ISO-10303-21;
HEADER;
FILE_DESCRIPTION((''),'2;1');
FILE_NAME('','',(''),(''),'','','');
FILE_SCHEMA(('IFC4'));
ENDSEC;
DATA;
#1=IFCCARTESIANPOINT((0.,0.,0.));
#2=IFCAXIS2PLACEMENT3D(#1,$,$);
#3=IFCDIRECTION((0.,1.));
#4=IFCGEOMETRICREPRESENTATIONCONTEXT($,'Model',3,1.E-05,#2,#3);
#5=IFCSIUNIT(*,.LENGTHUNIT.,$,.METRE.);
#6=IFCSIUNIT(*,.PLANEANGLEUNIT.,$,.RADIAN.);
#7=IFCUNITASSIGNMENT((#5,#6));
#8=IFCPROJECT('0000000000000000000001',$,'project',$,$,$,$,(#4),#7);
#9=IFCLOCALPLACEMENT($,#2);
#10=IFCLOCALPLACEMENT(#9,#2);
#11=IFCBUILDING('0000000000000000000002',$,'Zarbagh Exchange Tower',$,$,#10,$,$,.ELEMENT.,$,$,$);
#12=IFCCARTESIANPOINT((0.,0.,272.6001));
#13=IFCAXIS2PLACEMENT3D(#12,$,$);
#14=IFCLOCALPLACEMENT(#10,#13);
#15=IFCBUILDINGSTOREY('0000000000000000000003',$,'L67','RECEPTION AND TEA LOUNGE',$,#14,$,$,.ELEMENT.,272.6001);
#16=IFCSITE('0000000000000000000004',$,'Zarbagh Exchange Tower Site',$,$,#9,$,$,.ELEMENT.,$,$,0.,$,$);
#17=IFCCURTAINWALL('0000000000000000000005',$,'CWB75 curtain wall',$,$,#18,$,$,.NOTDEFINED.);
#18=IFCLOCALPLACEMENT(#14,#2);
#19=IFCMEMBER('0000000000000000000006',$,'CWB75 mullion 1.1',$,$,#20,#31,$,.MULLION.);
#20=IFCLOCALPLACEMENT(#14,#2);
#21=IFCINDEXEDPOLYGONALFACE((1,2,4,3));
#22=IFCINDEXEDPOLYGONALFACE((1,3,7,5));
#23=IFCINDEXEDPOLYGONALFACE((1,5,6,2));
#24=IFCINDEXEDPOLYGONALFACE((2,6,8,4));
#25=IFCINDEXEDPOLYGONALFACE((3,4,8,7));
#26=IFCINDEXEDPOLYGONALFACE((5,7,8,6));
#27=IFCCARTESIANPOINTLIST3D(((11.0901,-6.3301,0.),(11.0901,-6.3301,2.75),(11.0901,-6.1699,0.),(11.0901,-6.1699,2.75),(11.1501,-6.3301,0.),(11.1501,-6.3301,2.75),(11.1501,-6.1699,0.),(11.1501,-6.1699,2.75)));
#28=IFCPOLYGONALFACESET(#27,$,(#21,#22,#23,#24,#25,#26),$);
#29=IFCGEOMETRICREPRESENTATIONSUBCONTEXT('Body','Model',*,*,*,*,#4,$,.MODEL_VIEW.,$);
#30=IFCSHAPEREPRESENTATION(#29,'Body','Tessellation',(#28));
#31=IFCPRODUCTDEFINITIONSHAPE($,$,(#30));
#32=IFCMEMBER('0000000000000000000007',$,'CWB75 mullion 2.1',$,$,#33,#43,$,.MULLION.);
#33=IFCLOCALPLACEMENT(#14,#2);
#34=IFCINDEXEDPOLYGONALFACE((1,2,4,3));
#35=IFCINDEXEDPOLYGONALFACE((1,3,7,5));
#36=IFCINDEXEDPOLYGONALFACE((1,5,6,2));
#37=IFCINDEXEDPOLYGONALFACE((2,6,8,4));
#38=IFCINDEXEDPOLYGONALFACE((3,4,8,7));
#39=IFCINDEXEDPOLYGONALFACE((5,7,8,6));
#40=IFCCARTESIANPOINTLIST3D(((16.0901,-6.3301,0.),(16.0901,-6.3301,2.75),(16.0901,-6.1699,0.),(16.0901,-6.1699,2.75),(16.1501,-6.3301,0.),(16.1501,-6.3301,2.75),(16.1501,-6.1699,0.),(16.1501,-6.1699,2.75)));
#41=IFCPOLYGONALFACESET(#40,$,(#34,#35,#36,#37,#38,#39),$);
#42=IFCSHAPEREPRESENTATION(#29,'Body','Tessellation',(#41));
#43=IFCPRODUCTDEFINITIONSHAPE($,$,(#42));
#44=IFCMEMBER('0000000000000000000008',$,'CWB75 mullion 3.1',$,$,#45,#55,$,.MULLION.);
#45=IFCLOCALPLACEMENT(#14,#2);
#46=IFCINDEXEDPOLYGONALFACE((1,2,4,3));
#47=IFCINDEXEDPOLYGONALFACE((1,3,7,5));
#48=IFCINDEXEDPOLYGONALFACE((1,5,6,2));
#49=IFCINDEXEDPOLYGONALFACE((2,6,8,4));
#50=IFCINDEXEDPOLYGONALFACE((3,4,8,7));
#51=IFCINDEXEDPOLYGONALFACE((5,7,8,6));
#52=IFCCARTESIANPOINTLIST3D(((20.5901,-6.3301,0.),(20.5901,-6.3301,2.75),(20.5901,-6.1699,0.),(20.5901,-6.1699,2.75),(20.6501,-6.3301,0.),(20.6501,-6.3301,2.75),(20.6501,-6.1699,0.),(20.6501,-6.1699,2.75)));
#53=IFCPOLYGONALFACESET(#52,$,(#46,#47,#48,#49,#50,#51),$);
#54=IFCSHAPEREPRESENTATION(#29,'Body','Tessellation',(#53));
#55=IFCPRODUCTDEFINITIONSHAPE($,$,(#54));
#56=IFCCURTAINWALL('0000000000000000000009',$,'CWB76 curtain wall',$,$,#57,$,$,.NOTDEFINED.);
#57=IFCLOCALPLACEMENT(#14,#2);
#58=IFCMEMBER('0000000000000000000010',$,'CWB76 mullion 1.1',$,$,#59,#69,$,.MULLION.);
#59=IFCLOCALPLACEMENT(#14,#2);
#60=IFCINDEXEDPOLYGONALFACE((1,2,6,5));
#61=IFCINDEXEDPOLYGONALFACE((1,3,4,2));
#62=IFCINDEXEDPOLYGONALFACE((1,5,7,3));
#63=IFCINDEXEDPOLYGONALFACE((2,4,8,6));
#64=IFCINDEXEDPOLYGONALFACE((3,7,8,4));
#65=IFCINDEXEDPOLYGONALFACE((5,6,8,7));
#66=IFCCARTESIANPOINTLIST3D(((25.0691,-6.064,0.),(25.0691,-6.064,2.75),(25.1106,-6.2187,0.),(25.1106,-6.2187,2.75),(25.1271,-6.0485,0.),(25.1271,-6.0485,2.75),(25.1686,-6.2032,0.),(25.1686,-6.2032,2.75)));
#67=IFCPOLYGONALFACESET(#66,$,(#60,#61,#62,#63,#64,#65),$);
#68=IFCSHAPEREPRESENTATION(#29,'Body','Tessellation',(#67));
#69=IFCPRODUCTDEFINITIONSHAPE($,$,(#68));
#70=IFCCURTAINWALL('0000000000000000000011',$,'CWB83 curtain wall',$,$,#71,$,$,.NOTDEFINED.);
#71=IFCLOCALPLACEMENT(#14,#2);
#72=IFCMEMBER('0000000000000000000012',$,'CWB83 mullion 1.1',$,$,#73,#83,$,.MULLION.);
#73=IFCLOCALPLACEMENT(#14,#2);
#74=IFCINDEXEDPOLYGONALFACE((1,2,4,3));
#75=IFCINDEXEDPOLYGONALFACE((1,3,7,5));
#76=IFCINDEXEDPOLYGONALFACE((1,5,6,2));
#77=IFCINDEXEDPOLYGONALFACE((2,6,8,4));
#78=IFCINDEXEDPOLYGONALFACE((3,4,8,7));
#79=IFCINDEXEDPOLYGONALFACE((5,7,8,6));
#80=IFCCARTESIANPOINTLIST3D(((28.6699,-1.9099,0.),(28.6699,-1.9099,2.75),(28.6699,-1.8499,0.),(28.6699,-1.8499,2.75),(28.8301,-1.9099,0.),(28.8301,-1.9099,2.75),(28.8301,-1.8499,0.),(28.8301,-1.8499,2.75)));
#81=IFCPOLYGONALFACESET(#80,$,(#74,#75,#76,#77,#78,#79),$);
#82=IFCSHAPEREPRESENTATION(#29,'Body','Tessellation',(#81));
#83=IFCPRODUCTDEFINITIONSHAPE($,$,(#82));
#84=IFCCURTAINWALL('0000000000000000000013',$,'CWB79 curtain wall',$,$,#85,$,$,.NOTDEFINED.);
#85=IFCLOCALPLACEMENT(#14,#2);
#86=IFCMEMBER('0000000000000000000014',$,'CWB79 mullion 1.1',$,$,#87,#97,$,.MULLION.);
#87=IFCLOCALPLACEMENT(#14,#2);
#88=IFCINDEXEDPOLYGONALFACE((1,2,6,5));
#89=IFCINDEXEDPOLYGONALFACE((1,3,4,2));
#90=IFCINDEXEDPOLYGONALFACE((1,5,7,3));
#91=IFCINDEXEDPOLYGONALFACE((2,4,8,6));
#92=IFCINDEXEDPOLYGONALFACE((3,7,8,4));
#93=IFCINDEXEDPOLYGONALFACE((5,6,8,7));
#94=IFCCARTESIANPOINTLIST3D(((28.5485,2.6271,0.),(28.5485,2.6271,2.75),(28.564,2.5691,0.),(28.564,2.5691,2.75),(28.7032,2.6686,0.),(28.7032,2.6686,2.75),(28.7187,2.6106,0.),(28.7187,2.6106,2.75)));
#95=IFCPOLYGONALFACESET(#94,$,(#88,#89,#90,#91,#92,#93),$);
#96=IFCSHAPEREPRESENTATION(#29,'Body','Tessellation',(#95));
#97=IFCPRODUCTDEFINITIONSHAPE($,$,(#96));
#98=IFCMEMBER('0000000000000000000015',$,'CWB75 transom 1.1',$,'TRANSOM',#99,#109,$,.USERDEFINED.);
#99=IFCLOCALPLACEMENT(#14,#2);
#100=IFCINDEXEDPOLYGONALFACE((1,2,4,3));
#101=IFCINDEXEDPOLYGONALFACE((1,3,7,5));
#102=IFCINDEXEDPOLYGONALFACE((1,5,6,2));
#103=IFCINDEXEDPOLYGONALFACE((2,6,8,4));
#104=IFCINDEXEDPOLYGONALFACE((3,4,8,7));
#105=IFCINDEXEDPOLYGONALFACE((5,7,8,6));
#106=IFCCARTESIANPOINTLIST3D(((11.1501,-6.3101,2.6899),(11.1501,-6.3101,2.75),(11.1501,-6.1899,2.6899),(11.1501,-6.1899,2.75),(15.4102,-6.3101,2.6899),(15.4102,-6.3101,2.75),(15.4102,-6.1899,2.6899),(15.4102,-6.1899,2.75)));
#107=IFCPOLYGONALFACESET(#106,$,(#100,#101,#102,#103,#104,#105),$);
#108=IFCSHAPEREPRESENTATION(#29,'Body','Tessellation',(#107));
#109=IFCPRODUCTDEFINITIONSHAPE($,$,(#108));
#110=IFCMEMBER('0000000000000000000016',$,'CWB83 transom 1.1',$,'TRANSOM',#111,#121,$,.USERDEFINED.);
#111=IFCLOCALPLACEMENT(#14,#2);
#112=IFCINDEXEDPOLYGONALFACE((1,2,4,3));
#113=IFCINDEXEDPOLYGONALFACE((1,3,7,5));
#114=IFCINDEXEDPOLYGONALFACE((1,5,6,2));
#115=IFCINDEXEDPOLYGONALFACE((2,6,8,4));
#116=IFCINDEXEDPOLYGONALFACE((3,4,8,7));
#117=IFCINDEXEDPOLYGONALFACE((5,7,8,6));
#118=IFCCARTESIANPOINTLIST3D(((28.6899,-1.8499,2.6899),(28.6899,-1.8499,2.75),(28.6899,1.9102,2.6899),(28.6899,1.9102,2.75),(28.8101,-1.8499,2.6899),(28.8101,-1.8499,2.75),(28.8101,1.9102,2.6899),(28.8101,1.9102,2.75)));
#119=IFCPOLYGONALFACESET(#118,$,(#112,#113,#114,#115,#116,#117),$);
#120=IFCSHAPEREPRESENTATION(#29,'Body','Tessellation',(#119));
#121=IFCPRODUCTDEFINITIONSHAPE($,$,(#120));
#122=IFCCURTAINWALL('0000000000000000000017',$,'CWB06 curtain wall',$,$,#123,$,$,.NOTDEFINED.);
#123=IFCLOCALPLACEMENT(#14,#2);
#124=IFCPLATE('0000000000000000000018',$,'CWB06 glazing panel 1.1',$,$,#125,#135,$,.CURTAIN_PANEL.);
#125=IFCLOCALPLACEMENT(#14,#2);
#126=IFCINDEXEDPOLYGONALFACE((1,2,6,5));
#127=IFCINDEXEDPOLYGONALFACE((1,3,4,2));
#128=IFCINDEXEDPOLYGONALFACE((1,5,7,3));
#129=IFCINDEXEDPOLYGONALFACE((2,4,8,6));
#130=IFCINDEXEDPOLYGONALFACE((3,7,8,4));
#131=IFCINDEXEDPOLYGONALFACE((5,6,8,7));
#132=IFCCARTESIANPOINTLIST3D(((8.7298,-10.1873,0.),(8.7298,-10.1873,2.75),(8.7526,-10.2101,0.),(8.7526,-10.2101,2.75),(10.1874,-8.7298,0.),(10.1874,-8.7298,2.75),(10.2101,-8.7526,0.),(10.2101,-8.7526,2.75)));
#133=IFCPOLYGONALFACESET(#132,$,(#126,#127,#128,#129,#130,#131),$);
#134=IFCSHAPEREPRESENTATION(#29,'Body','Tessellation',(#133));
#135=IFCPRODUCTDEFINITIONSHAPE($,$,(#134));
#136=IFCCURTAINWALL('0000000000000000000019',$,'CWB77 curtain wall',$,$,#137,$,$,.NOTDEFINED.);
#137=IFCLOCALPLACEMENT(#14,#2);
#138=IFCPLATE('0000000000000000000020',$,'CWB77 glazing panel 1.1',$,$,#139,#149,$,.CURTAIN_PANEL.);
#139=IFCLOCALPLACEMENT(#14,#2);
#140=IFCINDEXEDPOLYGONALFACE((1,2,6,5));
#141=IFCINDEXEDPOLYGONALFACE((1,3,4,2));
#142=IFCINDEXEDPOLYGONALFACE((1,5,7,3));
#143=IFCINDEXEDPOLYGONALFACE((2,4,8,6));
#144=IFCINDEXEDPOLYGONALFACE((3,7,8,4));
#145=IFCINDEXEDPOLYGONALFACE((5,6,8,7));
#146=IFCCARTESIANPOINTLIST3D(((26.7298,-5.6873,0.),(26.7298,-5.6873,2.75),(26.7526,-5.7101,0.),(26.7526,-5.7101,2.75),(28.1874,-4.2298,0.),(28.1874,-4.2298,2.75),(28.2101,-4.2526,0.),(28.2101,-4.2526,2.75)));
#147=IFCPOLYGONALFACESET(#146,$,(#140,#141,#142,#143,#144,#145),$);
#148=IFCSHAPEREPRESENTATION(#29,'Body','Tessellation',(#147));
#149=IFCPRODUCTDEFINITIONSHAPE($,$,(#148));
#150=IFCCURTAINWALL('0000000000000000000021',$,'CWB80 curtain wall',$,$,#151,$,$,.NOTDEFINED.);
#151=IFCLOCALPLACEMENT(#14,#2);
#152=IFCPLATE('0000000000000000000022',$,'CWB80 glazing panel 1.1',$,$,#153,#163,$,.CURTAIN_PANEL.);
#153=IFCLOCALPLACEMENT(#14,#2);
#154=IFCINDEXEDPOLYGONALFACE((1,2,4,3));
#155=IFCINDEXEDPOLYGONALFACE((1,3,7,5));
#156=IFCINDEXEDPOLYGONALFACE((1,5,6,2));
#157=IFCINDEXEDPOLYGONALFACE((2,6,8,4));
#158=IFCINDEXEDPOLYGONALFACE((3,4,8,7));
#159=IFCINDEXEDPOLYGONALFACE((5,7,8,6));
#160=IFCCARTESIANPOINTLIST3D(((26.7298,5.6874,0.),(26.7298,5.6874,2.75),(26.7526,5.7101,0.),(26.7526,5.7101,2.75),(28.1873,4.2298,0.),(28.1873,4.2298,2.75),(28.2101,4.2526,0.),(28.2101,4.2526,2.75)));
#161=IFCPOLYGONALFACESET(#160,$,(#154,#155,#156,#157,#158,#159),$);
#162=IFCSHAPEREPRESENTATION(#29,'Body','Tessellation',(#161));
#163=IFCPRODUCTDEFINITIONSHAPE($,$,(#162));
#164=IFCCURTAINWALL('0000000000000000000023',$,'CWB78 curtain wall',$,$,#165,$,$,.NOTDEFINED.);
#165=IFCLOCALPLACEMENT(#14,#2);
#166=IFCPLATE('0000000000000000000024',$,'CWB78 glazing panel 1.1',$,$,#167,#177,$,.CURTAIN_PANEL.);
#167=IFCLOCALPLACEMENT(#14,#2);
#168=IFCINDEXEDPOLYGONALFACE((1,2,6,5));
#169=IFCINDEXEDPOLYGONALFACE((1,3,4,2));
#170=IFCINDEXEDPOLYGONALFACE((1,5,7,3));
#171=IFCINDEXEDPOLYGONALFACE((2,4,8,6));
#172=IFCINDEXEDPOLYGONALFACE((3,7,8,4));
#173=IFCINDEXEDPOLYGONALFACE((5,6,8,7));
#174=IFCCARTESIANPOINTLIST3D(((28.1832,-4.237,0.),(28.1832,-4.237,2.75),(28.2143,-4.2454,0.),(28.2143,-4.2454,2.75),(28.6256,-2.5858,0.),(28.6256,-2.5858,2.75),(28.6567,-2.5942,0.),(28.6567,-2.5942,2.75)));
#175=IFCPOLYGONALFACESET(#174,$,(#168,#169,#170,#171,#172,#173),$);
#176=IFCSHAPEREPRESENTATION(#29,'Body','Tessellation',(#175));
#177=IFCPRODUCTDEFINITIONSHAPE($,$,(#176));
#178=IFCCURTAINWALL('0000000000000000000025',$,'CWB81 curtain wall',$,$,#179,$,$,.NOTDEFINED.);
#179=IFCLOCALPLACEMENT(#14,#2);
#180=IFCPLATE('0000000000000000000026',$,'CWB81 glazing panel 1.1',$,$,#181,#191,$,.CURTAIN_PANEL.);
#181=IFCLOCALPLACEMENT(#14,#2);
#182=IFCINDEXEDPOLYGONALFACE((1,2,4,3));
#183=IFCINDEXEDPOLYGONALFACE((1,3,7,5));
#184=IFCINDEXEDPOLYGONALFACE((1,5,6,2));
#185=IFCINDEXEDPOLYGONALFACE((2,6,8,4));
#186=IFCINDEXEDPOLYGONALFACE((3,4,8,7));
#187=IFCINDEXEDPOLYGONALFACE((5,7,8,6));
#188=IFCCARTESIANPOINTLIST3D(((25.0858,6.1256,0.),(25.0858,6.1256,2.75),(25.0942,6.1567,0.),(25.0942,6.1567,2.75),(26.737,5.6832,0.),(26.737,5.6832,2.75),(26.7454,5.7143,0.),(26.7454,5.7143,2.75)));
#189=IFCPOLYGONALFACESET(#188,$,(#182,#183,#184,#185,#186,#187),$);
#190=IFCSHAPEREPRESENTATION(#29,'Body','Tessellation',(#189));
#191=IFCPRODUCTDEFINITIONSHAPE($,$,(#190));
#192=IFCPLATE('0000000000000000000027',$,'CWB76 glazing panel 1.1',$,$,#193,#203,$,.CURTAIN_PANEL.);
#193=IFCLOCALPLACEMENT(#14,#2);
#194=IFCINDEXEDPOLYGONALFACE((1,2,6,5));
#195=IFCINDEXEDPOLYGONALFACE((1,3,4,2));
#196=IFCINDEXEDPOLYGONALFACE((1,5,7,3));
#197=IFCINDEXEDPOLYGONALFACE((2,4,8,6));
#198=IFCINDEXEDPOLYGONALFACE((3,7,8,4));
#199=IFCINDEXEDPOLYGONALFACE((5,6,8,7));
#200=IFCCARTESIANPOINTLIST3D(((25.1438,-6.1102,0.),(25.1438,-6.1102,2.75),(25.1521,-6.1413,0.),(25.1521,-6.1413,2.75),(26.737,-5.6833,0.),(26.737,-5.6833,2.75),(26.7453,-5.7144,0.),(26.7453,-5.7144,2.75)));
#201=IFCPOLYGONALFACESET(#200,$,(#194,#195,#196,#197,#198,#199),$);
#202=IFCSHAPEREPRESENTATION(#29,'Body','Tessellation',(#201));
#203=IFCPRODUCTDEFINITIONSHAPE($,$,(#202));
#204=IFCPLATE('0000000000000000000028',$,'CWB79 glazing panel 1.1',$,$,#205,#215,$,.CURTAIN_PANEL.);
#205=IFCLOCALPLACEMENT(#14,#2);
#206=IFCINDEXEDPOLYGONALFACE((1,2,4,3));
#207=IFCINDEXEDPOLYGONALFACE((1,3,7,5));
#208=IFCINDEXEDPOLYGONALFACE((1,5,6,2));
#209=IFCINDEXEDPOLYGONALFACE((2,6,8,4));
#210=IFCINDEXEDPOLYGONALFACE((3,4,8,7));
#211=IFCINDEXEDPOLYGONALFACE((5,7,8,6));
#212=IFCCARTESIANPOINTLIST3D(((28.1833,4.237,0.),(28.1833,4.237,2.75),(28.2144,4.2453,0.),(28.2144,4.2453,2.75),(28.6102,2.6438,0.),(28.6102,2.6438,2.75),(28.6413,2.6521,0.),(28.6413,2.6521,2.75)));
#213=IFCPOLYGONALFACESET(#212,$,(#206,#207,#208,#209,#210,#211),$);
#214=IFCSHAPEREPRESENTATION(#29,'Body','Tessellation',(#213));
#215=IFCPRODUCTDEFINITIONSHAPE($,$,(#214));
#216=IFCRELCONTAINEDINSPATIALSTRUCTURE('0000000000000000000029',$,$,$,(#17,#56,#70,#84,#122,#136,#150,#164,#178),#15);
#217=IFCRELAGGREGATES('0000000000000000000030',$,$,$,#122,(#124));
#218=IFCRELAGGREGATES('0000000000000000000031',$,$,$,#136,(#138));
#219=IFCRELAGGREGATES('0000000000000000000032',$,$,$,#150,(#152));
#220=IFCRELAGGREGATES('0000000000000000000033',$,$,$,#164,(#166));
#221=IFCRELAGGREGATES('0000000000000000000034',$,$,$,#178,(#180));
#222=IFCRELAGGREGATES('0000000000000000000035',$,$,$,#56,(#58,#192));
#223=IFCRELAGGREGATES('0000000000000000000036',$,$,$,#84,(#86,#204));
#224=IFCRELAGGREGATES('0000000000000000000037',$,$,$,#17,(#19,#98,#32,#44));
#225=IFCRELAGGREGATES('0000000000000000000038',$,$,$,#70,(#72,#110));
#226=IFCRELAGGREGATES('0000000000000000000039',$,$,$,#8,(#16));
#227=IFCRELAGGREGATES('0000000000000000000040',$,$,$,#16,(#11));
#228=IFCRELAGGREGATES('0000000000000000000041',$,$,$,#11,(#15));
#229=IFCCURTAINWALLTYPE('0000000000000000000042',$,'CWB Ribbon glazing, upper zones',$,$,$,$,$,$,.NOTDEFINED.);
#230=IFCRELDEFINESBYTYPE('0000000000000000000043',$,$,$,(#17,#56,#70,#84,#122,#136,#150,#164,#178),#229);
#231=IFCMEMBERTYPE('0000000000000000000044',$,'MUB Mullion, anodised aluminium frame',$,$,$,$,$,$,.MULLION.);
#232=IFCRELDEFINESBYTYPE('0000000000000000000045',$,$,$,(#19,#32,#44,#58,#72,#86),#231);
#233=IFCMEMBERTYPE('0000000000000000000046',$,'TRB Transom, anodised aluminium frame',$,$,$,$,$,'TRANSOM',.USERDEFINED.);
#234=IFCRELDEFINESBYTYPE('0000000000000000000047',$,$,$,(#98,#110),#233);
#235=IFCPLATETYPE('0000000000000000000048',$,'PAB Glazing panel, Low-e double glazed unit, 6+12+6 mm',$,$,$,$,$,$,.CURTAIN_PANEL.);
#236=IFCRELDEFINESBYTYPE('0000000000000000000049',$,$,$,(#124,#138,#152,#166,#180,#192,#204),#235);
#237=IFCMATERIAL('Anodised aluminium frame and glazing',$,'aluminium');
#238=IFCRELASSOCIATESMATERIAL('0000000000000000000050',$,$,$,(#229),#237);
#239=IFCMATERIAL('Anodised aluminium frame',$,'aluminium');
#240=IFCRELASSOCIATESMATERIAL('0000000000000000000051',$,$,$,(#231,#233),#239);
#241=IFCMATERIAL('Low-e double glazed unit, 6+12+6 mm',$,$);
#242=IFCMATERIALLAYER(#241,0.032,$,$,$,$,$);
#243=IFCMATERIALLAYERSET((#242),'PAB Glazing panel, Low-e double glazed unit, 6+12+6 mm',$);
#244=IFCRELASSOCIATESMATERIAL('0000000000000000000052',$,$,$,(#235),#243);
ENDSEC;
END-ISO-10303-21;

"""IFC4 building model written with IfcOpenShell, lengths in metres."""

from ifc_helpers import new_model, si_unit, direction, frame, origin, place, context, subcontext, project, spatial, polyline, outline, extrude, source, transform, mapped, material, layer, layer_set, type_object, element, aggregate, save


model = new_model("IFC4")

# Units and contexts
model_context = context("Model", 3, precision=1e-05, world=origin(), true_north=direction((0.0, 1.0)))
body_context = subcontext(model_context, "Body", "Model", "MODEL_VIEW")
ifc_project = project(units=[si_unit("LENGTHUNIT", "METRE"), si_unit("PLANEANGLEUNIT", "RADIAN")], contexts=[model_context])

# Site, building, storey
site_placement = place(None, origin())
site = spatial("IfcSite", under=ifc_project, at=site_placement, Name="Zarbagh Exchange Tower Site", CompositionType="ELEMENT", RefElevation=0.0)
building_placement = place(site_placement, origin())
building = spatial("IfcBuilding", under=site, at=building_placement, Name="Zarbagh Exchange Tower", CompositionType="ELEMENT")
storey_placement = place(building_placement, frame((0.0, 0.0, 272.6001)))
storey = spatial("IfcBuildingStorey", under=building, at=storey_placement, Name="L67", Description="RECEPTION AND TEA LOUNGE", CompositionType="ELEMENT", Elevation=272.6001)

# Curtain wall, members
ifc_material_1 = material(Name="Anodised aluminium frame and glazing", Category="aluminium")
curtain_wall_type = type_object("IfcCurtainWallType", Name="CWB Ribbon glazing, upper zones", PredefinedType="NOTDEFINED", material=ifc_material_1)
curtain_wall_1_placement = place(storey_placement, origin())
curtain_wall_1 = element("IfcCurtainWall", 1, at=curtain_wall_1_placement, inside=storey, type_object=curtain_wall_type, Name="CWB75 curtain wall", PredefinedType="NOTDEFINED")
ifc_material_2 = material(Name="Anodised aluminium frame", Category="aluminium")
member_type_1 = type_object("IfcMemberType", Name="MUB Mullion, anodised aluminium frame", PredefinedType="MULLION", material=ifc_material_2)
shared_shape_1 = source(origin(), body_context, "Body", "SweptSolid", [
    extrude(outline(polyline([(0.0, -0.0801), (0.0601, -0.0801), (0.0601, 0.0801), (0.0, 0.0801), (0.0, -0.0801)])), origin(), (0.0, 0.0, 1.0), 2.75),
])
placement = place(storey_placement, origin())
member_1 = element("IfcMember", 2, at=placement, type_object=member_type_1, Name="CWB75 mullion 1.1", PredefinedType="MULLION", context=body_context, shape_type="MappedRepresentation", body=[
    mapped(shared_shape_1, transform((11.0901, -6.25, 0.0), x_axis=(1.0, 0.0, 0.0), y_axis=(0.0, 1.0, 0.0), z_axis=(0.0, 0.0, 1.0))),
])
member_2 = element("IfcMember", 3, at=placement, type_object=member_type_1, Name="CWB75 mullion 2.1", PredefinedType="MULLION", context=body_context, shape_type="MappedRepresentation", body=[
    mapped(shared_shape_1, transform((16.0901, -6.25, 0.0), x_axis=(1.0, 0.0, 0.0), y_axis=(0.0, 1.0, 0.0), z_axis=(0.0, 0.0, 1.0))),
])
member_3 = element("IfcMember", 4, at=placement, type_object=member_type_1, Name="CWB75 mullion 3.1", PredefinedType="MULLION", context=body_context, shape_type="MappedRepresentation", body=[
    mapped(shared_shape_1, transform((20.5901, -6.25, 0.0), x_axis=(1.0, 0.0, 0.0), y_axis=(0.0, 1.0, 0.0), z_axis=(0.0, 0.0, 1.0))),
])

# Curtain walls, members
curtain_wall_2_placement = place(storey_placement, origin())
curtain_wall_2 = element("IfcCurtainWall", 5, at=curtain_wall_2_placement, inside=storey, type_object=curtain_wall_type, Name="CWB76 curtain wall", PredefinedType="NOTDEFINED")
member_4 = element("IfcMember", 6, at=placement, type_object=member_type_1, Name="CWB76 mullion 1.1", PredefinedType="MULLION", context=body_context, shape_type="MappedRepresentation", body=[
    mapped(shared_shape_1, transform((25.0898, -6.1414, 0.0), x_axis=(0.965924, 0.258825, 0.0), y_axis=(-0.258825, 0.965924, 0.0), z_axis=(0.0, 0.0, 1.0))),
])
curtain_wall_3_placement = place(storey_placement, origin())
curtain_wall_3 = element("IfcCurtainWall", 7, at=curtain_wall_3_placement, inside=storey, type_object=curtain_wall_type, Name="CWB83 curtain wall", PredefinedType="NOTDEFINED")
member_5 = element("IfcMember", 8, at=placement, type_object=member_type_1, Name="CWB83 mullion 1.1", PredefinedType="MULLION", context=body_context, shape_type="MappedRepresentation", body=[
    mapped(shared_shape_1, transform((28.75, -1.9099, 0.0), x_axis=(0.0, 1.0, 0.0), y_axis=(-1.0, 0.0, 0.0), z_axis=(0.0, 0.0, 1.0))),
])
curtain_wall_4_placement = place(storey_placement, origin())
curtain_wall_4 = element("IfcCurtainWall", 9, at=curtain_wall_4_placement, inside=storey, type_object=curtain_wall_type, Name="CWB79 curtain wall", PredefinedType="NOTDEFINED")
member_6 = element("IfcMember", 10, at=placement, type_object=member_type_1, Name="CWB79 mullion 1.1", PredefinedType="MULLION", context=body_context, shape_type="MappedRepresentation", body=[
    mapped(shared_shape_1, transform((28.6414, 2.5898, 0.0), x_axis=(-0.258825, 0.965924, 0.0), y_axis=(-0.965924, -0.258825, 0.0), z_axis=(0.0, 0.0, 1.0))),
])

# Members
member_type_2 = type_object("IfcMemberType", Name="TRB Transom, anodised aluminium frame", ElementType="TRANSOM", PredefinedType="USERDEFINED", material=ifc_material_2)
shared_shape_2 = source(origin(), body_context, "Body", "SweptSolid", [
    extrude(outline(polyline([(-0.0601, -0.0601), (0.0, -0.0601), (0.0, 0.0601), (-0.0601, 0.0601), (-0.0601, -0.0601)])), origin(), (0.0, 0.0, 1.0), 4.26),
])
member_7 = element("IfcMember", 11, at=placement, type_object=member_type_2, Name="CWB75 transom 1.1", ObjectType="TRANSOM", PredefinedType="USERDEFINED", context=body_context, shape_type="MappedRepresentation", body=[
    mapped(shared_shape_2, transform((11.1501, -6.25, 2.75), x_axis=(0.0, 0.0, 1.0), y_axis=(0.0, -1.0, 0.0), z_axis=(1.0, 0.0, 0.0))),
])
shared_shape_3 = source(origin(), body_context, "Body", "SweptSolid", [
    extrude(outline(polyline([(-0.0601, -0.0601), (0.0, -0.0601), (0.0, 0.0601), (-0.0601, 0.0601), (-0.0601, -0.0601)])), origin(), (0.0, 0.0, 1.0), 3.76),
])
member_8 = element("IfcMember", 12, at=placement, type_object=member_type_2, Name="CWB83 transom 1.1", ObjectType="TRANSOM", PredefinedType="USERDEFINED", context=body_context, shape_type="MappedRepresentation", body=[
    mapped(shared_shape_3, transform((28.75, -1.8499, 2.75), x_axis=(0.0, 0.0, 1.0), y_axis=(1.0, 0.0, 0.0), z_axis=(0.0, 1.0, 0.0))),
])

# Curtain walls, plates
curtain_wall_5_placement = place(storey_placement, origin())
curtain_wall_5 = element("IfcCurtainWall", 13, at=curtain_wall_5_placement, inside=storey, type_object=curtain_wall_type, Name="CWB06 curtain wall", PredefinedType="NOTDEFINED")
ifc_material_3 = material(Name="Low-e double glazed unit, 6+12+6 mm")
ifc_layer = layer(ifc_material_3, 0.032)
ifc_layer_set = layer_set([ifc_layer], Name="PAB Glazing panel, Low-e double glazed unit, 6+12+6 mm")
plate_type = type_object("IfcPlateType", Name="PAB Glazing panel, Low-e double glazed unit, 6+12+6 mm", PredefinedType="CURTAIN_PANEL", material=ifc_layer_set)
shared_shape_4 = source(origin(), body_context, "Body", "SweptSolid", [
    extrude(outline(polyline([(0.0, -0.0161), (2.0613, -0.0161), (2.0613, 0.0161), (0.0, 0.0161), (0.0, -0.0161)])), origin(), (0.0, 0.0, 1.0), 2.75),
])
plate_1 = element("IfcPlate", 14, at=placement, type_object=plate_type, Name="CWB06 glazing panel 1.1", PredefinedType="CURTAIN_PANEL", context=body_context, shape_type="MappedRepresentation", body=[
    mapped(shared_shape_4, transform((8.7412, -10.1987, 0.0), x_axis=(0.707107, 0.707107, 0.0), y_axis=(-0.707107, 0.707107, 0.0), z_axis=(0.0, 0.0, 1.0))),
])
aggregate(curtain_wall_5, [plate_1])
curtain_wall_6_placement = place(storey_placement, origin())
curtain_wall_6 = element("IfcCurtainWall", 15, at=curtain_wall_6_placement, inside=storey, type_object=curtain_wall_type, Name="CWB77 curtain wall", PredefinedType="NOTDEFINED")
plate_2 = element("IfcPlate", 16, at=placement, type_object=plate_type, Name="CWB77 glazing panel 1.1", PredefinedType="CURTAIN_PANEL", context=body_context, shape_type="MappedRepresentation", body=[
    mapped(shared_shape_4, transform((26.7412, -5.6987, 0.0), x_axis=(0.707107, 0.707107, 0.0), y_axis=(-0.707107, 0.707107, 0.0), z_axis=(0.0, 0.0, 1.0))),
])
aggregate(curtain_wall_6, [plate_2])
curtain_wall_7_placement = place(storey_placement, origin())
curtain_wall_7 = element("IfcCurtainWall", 17, at=curtain_wall_7_placement, inside=storey, type_object=curtain_wall_type, Name="CWB80 curtain wall", PredefinedType="NOTDEFINED")
plate_3 = element("IfcPlate", 18, at=placement, type_object=plate_type, Name="CWB80 glazing panel 1.1", PredefinedType="CURTAIN_PANEL", context=body_context, shape_type="MappedRepresentation", body=[
    mapped(shared_shape_4, transform((28.1987, 4.2412, 0.0), x_axis=(-0.707107, 0.707107, 0.0), y_axis=(-0.707107, -0.707107, 0.0), z_axis=(0.0, 0.0, 1.0))),
])
aggregate(curtain_wall_7, [plate_3])
curtain_wall_8_placement = place(storey_placement, origin())
curtain_wall_8 = element("IfcCurtainWall", 19, at=curtain_wall_8_placement, inside=storey, type_object=curtain_wall_type, Name="CWB78 curtain wall", PredefinedType="NOTDEFINED")
shared_shape_5 = source(origin(), body_context, "Body", "SweptSolid", [
    extrude(outline(polyline([(0.0, -0.0161), (1.7095, -0.0161), (1.7095, 0.0161), (0.0, 0.0161), (0.0, -0.0161)])), origin(), (0.0, 0.0, 1.0), 2.75),
])
plate_4 = element("IfcPlate", 20, at=placement, type_object=plate_type, Name="CWB78 glazing panel 1.1", PredefinedType="CURTAIN_PANEL", context=body_context, shape_type="MappedRepresentation", body=[
    mapped(shared_shape_5, transform((28.1987, -4.2412, 0.0), x_axis=(0.258825, 0.965924, 0.0), y_axis=(-0.965924, 0.258825, 0.0), z_axis=(0.0, 0.0, 1.0))),
])
aggregate(curtain_wall_8, [plate_4])
curtain_wall_9_placement = place(storey_placement, origin())
curtain_wall_9 = element("IfcCurtainWall", 21, at=curtain_wall_9_placement, inside=storey, type_object=curtain_wall_type, Name="CWB81 curtain wall", PredefinedType="NOTDEFINED")
plate_5 = element("IfcPlate", 22, at=placement, type_object=plate_type, Name="CWB81 glazing panel 1.1", PredefinedType="CURTAIN_PANEL", context=body_context, shape_type="MappedRepresentation", body=[
    mapped(shared_shape_5, transform((26.7412, 5.6987, 0.0), x_axis=(-0.965924, 0.258825, 0.0), y_axis=(-0.258825, -0.965924, 0.0), z_axis=(0.0, 0.0, 1.0))),
])
aggregate(curtain_wall_9, [plate_5])

# Plates
shared_shape_6 = source(origin(), body_context, "Body", "SweptSolid", [
    extrude(outline(polyline([(0.0, -0.0161), (1.6494, -0.0161), (1.6494, 0.0161), (0.0, 0.0161), (0.0, -0.0161)])), origin(), (0.0, 0.0, 1.0), 2.75),
])
plate_6 = element("IfcPlate", 23, at=placement, type_object=plate_type, Name="CWB76 glazing panel 1.1", PredefinedType="CURTAIN_PANEL", context=body_context, shape_type="MappedRepresentation", body=[
    mapped(shared_shape_6, transform((25.1479, -6.1257, 0.0), x_axis=(0.965924, 0.258825, 0.0), y_axis=(-0.258825, 0.965924, 0.0), z_axis=(0.0, 0.0, 1.0))),
])
aggregate(curtain_wall_2, [member_4, plate_6])
plate_7 = element("IfcPlate", 24, at=placement, type_object=plate_type, Name="CWB79 glazing panel 1.1", PredefinedType="CURTAIN_PANEL", context=body_context, shape_type="MappedRepresentation", body=[
    mapped(shared_shape_6, transform((28.6257, 2.6479, 0.0), x_axis=(-0.258825, 0.965924, 0.0), y_axis=(-0.965924, -0.258825, 0.0), z_axis=(0.0, 0.0, 1.0))),
])
aggregate(curtain_wall_4, [member_6, plate_7])

aggregate(curtain_wall_1, [member_1, member_7, member_2, member_3])
aggregate(curtain_wall_3, [member_5, member_8])

save(model, "model.ifc")
